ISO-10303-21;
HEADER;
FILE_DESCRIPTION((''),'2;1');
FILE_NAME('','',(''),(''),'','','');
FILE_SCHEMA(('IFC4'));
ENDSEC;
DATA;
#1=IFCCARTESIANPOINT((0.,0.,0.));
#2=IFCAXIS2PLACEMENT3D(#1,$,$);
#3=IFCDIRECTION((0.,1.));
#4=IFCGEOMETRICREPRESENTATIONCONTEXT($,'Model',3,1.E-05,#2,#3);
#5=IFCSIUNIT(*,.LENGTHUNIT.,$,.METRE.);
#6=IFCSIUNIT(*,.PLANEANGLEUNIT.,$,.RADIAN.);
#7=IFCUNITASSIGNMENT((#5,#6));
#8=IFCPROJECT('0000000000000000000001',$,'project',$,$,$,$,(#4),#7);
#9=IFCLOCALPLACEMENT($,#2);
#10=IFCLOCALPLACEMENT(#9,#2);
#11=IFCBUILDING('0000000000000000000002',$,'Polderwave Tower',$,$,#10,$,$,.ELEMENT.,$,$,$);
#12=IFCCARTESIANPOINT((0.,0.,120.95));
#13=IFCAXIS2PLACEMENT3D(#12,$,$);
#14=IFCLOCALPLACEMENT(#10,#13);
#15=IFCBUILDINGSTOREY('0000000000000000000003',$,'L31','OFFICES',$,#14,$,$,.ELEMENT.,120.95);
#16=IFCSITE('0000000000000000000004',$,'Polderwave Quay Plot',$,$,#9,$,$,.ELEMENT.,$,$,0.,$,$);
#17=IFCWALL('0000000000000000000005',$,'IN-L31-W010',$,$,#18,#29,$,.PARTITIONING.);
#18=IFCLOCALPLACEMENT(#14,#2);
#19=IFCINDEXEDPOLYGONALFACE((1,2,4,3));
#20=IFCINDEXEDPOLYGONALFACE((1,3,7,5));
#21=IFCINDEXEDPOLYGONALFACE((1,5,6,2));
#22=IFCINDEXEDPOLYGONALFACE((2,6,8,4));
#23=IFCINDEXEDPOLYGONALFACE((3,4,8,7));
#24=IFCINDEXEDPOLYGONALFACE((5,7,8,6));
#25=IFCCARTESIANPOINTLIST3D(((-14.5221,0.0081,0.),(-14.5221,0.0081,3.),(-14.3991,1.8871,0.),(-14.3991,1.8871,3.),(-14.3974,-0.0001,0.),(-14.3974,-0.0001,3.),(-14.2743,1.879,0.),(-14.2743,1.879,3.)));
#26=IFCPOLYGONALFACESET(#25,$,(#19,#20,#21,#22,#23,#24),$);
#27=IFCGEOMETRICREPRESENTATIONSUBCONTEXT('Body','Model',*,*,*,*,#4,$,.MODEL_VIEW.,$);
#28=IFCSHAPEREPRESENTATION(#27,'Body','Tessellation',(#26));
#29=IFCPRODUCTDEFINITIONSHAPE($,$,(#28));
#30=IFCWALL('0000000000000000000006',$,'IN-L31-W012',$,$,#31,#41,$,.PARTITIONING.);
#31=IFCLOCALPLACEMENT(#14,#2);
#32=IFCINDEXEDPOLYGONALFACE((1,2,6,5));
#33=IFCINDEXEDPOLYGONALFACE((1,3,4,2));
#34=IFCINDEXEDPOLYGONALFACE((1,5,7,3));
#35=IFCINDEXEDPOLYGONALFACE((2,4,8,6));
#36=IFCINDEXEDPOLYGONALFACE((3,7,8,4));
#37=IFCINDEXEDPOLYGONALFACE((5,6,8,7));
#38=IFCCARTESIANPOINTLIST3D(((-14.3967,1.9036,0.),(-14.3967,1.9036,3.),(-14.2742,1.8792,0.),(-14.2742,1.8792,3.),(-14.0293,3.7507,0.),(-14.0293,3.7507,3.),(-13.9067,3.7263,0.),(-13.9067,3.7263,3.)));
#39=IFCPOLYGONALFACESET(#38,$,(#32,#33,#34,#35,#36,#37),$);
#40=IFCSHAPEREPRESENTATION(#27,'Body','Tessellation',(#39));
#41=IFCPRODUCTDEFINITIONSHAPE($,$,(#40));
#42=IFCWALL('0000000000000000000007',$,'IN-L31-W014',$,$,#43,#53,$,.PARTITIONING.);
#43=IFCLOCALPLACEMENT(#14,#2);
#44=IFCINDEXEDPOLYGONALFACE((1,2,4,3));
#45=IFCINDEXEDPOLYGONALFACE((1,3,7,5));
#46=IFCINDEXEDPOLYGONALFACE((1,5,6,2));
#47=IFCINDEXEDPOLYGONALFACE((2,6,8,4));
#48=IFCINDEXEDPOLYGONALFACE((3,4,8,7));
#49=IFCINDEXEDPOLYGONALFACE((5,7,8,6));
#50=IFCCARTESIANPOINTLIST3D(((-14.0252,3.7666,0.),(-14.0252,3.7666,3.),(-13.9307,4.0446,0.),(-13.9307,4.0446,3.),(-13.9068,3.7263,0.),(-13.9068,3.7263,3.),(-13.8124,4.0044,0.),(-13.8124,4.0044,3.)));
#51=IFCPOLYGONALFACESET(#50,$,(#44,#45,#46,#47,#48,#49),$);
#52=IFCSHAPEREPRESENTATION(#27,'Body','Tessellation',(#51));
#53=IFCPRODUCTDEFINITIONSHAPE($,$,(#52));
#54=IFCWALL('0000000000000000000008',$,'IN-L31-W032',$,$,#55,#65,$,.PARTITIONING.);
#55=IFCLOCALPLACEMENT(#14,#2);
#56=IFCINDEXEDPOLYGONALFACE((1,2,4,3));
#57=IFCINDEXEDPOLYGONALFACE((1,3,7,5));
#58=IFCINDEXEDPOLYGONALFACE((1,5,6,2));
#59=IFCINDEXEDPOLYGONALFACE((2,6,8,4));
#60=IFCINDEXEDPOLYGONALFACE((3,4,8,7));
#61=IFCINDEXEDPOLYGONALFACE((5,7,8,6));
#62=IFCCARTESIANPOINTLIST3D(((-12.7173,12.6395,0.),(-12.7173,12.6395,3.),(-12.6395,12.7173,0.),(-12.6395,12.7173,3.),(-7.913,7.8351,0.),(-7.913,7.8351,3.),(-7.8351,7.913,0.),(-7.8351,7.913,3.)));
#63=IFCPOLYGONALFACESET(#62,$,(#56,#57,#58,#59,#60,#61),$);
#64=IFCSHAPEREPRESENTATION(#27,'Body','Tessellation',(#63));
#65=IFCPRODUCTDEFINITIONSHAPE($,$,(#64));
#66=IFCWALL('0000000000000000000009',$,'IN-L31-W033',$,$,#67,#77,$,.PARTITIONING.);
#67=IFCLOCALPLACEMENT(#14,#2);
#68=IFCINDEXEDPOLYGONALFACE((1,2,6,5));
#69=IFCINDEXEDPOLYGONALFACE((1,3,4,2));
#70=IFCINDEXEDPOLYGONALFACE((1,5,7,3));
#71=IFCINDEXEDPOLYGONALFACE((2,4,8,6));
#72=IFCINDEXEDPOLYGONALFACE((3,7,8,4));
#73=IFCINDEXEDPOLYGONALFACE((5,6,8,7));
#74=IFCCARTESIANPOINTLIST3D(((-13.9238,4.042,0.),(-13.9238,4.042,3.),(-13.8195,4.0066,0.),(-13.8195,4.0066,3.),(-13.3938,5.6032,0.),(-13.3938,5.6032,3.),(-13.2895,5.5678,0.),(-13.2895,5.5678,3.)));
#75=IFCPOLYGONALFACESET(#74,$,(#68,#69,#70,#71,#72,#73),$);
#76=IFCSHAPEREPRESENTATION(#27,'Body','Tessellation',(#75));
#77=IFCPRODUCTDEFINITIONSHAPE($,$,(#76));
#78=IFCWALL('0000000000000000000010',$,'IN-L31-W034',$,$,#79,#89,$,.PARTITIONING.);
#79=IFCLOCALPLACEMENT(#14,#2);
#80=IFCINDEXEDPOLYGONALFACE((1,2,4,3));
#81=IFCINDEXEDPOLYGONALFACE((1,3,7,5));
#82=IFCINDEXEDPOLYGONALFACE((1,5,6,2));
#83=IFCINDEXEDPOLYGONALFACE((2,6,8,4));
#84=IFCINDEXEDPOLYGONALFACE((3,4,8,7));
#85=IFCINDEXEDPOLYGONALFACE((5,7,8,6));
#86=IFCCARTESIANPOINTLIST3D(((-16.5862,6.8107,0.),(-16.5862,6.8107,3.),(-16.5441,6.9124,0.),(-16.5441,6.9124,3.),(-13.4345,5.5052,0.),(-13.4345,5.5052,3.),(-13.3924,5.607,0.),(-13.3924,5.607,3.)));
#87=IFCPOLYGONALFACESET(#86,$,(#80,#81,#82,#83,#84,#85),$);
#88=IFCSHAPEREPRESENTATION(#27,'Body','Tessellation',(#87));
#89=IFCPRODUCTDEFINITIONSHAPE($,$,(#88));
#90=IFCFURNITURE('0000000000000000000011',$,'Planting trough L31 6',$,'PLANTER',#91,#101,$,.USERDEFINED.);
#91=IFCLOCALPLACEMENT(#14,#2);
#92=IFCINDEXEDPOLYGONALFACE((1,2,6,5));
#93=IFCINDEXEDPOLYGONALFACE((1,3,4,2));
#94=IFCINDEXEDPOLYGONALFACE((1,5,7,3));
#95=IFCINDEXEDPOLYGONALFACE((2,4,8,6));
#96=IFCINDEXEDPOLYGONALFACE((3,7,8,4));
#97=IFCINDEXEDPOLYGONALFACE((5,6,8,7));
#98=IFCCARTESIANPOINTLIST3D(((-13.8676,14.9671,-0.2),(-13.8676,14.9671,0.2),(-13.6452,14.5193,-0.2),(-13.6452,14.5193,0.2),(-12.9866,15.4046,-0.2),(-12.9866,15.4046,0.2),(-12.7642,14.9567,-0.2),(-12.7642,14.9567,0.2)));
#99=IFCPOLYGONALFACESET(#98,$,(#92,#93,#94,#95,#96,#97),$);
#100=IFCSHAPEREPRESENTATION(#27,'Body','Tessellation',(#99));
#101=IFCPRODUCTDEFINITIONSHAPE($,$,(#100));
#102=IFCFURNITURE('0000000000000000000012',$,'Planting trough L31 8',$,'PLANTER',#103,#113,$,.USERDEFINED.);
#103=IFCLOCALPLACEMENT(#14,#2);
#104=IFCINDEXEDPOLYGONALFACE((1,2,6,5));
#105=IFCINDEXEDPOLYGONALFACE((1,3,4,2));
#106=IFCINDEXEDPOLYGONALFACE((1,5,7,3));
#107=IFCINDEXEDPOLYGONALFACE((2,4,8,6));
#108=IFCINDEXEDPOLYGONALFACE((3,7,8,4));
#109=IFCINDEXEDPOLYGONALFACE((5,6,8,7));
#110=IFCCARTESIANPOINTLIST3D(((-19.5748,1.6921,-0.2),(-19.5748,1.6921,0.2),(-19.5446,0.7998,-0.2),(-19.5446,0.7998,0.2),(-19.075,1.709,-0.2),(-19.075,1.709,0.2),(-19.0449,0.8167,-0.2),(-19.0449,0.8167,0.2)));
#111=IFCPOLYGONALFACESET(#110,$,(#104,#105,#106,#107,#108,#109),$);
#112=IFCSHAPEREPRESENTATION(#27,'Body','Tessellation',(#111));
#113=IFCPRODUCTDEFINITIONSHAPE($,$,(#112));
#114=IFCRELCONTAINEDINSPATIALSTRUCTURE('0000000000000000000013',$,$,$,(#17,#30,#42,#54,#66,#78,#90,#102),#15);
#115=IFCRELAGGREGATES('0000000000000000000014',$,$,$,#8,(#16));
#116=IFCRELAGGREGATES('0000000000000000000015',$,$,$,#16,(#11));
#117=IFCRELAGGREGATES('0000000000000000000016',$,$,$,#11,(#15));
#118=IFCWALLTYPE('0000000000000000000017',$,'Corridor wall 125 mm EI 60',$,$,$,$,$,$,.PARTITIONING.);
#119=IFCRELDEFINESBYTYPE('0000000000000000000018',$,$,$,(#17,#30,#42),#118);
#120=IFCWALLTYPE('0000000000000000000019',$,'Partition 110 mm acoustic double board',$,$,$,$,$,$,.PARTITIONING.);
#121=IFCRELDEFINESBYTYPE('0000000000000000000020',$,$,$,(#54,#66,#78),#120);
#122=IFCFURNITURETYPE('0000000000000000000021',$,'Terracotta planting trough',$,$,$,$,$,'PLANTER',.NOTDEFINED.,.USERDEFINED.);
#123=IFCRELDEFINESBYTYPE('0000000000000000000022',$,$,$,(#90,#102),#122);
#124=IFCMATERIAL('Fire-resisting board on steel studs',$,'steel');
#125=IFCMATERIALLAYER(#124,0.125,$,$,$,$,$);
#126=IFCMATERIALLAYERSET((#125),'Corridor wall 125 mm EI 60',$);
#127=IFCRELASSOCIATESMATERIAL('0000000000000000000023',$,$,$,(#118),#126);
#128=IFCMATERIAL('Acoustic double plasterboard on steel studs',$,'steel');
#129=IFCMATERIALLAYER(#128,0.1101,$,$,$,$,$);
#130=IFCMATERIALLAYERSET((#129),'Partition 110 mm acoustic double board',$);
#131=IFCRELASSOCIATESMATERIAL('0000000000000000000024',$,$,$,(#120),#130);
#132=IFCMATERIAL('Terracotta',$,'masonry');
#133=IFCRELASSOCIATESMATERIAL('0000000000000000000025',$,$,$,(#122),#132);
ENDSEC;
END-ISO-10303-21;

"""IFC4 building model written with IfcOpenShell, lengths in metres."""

from ifc_helpers import new_model, si_unit, direction, frame, frame_2d, origin, origin_2d, place, context, subcontext, project, spatial, rectangle, extrude, material, layer, layer_set, type_object, element, save


model = new_model("IFC4")

# Units and contexts
model_context = context("Model", 3, precision=1e-05, world=origin(), true_north=direction((0.0, 1.0)))
body_context = subcontext(model_context, "Body", "Model", "MODEL_VIEW")
ifc_project = project(units=[si_unit("LENGTHUNIT", "METRE"), si_unit("PLANEANGLEUNIT", "RADIAN")], contexts=[model_context])

# Site, building, storey
site_placement = place(None, origin())
site = spatial("IfcSite", under=ifc_project, at=site_placement, Name="Polderwave Quay Plot", CompositionType="ELEMENT", RefElevation=0.0)
building_placement = place(site_placement, origin())
building = spatial("IfcBuilding", under=site, at=building_placement, Name="Polderwave Tower", CompositionType="ELEMENT")
storey_placement = place(building_placement, frame((0.0, 0.0, 120.95)))
storey = spatial("IfcBuildingStorey", under=building, at=storey_placement, Name="L31", Description="OFFICES", CompositionType="ELEMENT", Elevation=120.95)

# Shared definitions
ifc_material_1 = material(Name="Fire-resisting board on steel studs", Category="steel")
ifc_layer_1 = layer(ifc_material_1, 0.125)
ifc_layer_set_1 = layer_set([ifc_layer_1], Name="Corridor wall 125 mm EI 60")
wall_type_1 = type_object("IfcWallType", Name="Corridor wall 125 mm EI 60", PredefinedType="PARTITIONING", material=ifc_layer_set_1)

# Walls
wall_1_placement = place(storey_placement, frame((-14.4597, 0.0042, 0.0), z_axis=(0.0, 0.0, 1.0), x_axis=(0.06534, 0.997863, 0.0)))
element("IfcWall", 1, at=wall_1_placement, inside=storey, type_object=wall_type_1, Name="IN-L31-W010", PredefinedType="PARTITIONING", context=body_context, shape_type="SweptSolid", body=[
    extrude(rectangle(XDim=1.8831, YDim=0.125, at=frame_2d((0.9414, 0.0))), origin(), (0.0, 0.0, 1.0), 3.0),
])
wall_2_placement = place(storey_placement, frame((-14.3354, 1.8914, 0.0), z_axis=(0.0, 0.0, 1.0), x_axis=(0.195094, 0.980785, 0.0)))
element("IfcWall", 2, at=wall_2_placement, inside=storey, type_object=wall_type_1, Name="IN-L31-W012", PredefinedType="PARTITIONING", context=body_context, shape_type="SweptSolid", body=[
    extrude(rectangle(XDim=1.8833, YDim=0.125, at=frame_2d((0.9417, 0.0))), origin(), (0.0, 0.0, 1.0), 3.0),
])
wall_3_placement = place(storey_placement, frame((-13.9661, 3.7463, 0.0), z_axis=(0.0, 0.0, 1.0), x_axis=(0.321709, 0.946839, 0.0)))
element("IfcWall", 3, at=wall_3_placement, inside=storey, type_object=wall_type_1, Name="IN-L31-W014", PredefinedType="PARTITIONING", context=body_context, shape_type="SweptSolid", body=[
    extrude(rectangle(XDim=0.2937, YDim=0.125, at=frame_2d((0.147, 0.0))), origin(), (0.0, 0.0, 1.0), 3.0),
])
ifc_material_2 = material(Name="Acoustic double plasterboard on steel studs", Category="steel")
ifc_layer_2 = layer(ifc_material_2, 0.1101)
ifc_layer_set_2 = layer_set([ifc_layer_2], Name="Partition 110 mm acoustic double board")
wall_type_2 = type_object("IfcWallType", Name="Partition 110 mm acoustic double board", PredefinedType="PARTITIONING", material=ifc_layer_set_2)
wall_4_placement = place(storey_placement, frame((-7.874, 7.874, 0.0), z_axis=(0.0, 0.0, 1.0), x_axis=(-0.707107, 0.707107, 0.0)))
element("IfcWall", 4, at=wall_4_placement, inside=storey, type_object=wall_type_2, Name="IN-L31-W032", PredefinedType="PARTITIONING", context=body_context, shape_type="SweptSolid", body=[
    extrude(rectangle(XDim=6.7944, YDim=0.1101, at=frame_2d((3.3972, 0.0))), origin(), (0.0, 0.0, 1.0), 3.0),
])
wall_5_placement = place(storey_placement, frame((-13.8716, 4.0244, 0.0), z_axis=(0.0, 0.0, 1.0), x_axis=(0.321465, 0.946922, 0.0)))
element("IfcWall", 5, at=wall_5_placement, inside=storey, type_object=wall_type_2, Name="IN-L31-W033", PredefinedType="PARTITIONING", context=body_context, shape_type="SweptSolid", body=[
    extrude(rectangle(XDim=1.6487, YDim=0.1101, at=frame_2d((0.8242, 0.0))), origin(), (0.0, 0.0, 1.0), 3.0),
])
wall_6_placement = place(storey_placement, frame((-13.4136, 5.5562, 0.0), z_axis=(0.0, 0.0, 1.0), x_axis=(-0.923882, 0.382678, 0.0)))
element("IfcWall", 6, at=wall_6_placement, inside=storey, type_object=wall_type_2, Name="IN-L31-W034", PredefinedType="PARTITIONING", context=body_context, shape_type="SweptSolid", body=[
    extrude(rectangle(XDim=3.4114, YDim=0.1101, at=frame_2d((1.7056, 0.0))), origin(), (0.0, 0.0, 1.0), 3.0),
])

# Furniture
ifc_material_3 = material(Name="Terracotta", Category="masonry")
furniture_type = type_object("IfcFurnitureType", Name="Terracotta planting trough", ElementType="PLANTER", AssemblyPlace="NOTDEFINED", PredefinedType="USERDEFINED", material=ifc_material_3)
furniture_1_placement = place(storey_placement, frame((-13.3159, 14.9619, -0.2), z_axis=(0.0, 0.0, 1.0), x_axis=(-0.895671, -0.444718, 0.0)))
element("IfcFurniture", 7, at=furniture_1_placement, inside=storey, type_object=furniture_type, Name="Planting trough L31 6", ObjectType="PLANTER", PredefinedType="USERDEFINED", context=body_context, shape_type="SweptSolid", body=[
    extrude(rectangle(XDim=0.9836, YDim=0.5, at=origin_2d()), origin(), (0.0, 0.0, 1.0), 0.3999),
])
furniture_2_placement = place(storey_placement, frame((-19.3098, 1.2544, -0.2), z_axis=(0.0, 0.0, 1.0), x_axis=(0.033804, -0.999428, 0.0)))
element("IfcFurniture", 8, at=furniture_2_placement, inside=storey, type_object=furniture_type, Name="Planting trough L31 8", ObjectType="PLANTER", PredefinedType="USERDEFINED", context=body_context, shape_type="SweptSolid", body=[
    extrude(rectangle(XDim=0.8928, YDim=0.5, at=origin_2d()), origin(), (0.0, 0.0, 1.0), 0.3999),
])

save(model, "model.ifc")
